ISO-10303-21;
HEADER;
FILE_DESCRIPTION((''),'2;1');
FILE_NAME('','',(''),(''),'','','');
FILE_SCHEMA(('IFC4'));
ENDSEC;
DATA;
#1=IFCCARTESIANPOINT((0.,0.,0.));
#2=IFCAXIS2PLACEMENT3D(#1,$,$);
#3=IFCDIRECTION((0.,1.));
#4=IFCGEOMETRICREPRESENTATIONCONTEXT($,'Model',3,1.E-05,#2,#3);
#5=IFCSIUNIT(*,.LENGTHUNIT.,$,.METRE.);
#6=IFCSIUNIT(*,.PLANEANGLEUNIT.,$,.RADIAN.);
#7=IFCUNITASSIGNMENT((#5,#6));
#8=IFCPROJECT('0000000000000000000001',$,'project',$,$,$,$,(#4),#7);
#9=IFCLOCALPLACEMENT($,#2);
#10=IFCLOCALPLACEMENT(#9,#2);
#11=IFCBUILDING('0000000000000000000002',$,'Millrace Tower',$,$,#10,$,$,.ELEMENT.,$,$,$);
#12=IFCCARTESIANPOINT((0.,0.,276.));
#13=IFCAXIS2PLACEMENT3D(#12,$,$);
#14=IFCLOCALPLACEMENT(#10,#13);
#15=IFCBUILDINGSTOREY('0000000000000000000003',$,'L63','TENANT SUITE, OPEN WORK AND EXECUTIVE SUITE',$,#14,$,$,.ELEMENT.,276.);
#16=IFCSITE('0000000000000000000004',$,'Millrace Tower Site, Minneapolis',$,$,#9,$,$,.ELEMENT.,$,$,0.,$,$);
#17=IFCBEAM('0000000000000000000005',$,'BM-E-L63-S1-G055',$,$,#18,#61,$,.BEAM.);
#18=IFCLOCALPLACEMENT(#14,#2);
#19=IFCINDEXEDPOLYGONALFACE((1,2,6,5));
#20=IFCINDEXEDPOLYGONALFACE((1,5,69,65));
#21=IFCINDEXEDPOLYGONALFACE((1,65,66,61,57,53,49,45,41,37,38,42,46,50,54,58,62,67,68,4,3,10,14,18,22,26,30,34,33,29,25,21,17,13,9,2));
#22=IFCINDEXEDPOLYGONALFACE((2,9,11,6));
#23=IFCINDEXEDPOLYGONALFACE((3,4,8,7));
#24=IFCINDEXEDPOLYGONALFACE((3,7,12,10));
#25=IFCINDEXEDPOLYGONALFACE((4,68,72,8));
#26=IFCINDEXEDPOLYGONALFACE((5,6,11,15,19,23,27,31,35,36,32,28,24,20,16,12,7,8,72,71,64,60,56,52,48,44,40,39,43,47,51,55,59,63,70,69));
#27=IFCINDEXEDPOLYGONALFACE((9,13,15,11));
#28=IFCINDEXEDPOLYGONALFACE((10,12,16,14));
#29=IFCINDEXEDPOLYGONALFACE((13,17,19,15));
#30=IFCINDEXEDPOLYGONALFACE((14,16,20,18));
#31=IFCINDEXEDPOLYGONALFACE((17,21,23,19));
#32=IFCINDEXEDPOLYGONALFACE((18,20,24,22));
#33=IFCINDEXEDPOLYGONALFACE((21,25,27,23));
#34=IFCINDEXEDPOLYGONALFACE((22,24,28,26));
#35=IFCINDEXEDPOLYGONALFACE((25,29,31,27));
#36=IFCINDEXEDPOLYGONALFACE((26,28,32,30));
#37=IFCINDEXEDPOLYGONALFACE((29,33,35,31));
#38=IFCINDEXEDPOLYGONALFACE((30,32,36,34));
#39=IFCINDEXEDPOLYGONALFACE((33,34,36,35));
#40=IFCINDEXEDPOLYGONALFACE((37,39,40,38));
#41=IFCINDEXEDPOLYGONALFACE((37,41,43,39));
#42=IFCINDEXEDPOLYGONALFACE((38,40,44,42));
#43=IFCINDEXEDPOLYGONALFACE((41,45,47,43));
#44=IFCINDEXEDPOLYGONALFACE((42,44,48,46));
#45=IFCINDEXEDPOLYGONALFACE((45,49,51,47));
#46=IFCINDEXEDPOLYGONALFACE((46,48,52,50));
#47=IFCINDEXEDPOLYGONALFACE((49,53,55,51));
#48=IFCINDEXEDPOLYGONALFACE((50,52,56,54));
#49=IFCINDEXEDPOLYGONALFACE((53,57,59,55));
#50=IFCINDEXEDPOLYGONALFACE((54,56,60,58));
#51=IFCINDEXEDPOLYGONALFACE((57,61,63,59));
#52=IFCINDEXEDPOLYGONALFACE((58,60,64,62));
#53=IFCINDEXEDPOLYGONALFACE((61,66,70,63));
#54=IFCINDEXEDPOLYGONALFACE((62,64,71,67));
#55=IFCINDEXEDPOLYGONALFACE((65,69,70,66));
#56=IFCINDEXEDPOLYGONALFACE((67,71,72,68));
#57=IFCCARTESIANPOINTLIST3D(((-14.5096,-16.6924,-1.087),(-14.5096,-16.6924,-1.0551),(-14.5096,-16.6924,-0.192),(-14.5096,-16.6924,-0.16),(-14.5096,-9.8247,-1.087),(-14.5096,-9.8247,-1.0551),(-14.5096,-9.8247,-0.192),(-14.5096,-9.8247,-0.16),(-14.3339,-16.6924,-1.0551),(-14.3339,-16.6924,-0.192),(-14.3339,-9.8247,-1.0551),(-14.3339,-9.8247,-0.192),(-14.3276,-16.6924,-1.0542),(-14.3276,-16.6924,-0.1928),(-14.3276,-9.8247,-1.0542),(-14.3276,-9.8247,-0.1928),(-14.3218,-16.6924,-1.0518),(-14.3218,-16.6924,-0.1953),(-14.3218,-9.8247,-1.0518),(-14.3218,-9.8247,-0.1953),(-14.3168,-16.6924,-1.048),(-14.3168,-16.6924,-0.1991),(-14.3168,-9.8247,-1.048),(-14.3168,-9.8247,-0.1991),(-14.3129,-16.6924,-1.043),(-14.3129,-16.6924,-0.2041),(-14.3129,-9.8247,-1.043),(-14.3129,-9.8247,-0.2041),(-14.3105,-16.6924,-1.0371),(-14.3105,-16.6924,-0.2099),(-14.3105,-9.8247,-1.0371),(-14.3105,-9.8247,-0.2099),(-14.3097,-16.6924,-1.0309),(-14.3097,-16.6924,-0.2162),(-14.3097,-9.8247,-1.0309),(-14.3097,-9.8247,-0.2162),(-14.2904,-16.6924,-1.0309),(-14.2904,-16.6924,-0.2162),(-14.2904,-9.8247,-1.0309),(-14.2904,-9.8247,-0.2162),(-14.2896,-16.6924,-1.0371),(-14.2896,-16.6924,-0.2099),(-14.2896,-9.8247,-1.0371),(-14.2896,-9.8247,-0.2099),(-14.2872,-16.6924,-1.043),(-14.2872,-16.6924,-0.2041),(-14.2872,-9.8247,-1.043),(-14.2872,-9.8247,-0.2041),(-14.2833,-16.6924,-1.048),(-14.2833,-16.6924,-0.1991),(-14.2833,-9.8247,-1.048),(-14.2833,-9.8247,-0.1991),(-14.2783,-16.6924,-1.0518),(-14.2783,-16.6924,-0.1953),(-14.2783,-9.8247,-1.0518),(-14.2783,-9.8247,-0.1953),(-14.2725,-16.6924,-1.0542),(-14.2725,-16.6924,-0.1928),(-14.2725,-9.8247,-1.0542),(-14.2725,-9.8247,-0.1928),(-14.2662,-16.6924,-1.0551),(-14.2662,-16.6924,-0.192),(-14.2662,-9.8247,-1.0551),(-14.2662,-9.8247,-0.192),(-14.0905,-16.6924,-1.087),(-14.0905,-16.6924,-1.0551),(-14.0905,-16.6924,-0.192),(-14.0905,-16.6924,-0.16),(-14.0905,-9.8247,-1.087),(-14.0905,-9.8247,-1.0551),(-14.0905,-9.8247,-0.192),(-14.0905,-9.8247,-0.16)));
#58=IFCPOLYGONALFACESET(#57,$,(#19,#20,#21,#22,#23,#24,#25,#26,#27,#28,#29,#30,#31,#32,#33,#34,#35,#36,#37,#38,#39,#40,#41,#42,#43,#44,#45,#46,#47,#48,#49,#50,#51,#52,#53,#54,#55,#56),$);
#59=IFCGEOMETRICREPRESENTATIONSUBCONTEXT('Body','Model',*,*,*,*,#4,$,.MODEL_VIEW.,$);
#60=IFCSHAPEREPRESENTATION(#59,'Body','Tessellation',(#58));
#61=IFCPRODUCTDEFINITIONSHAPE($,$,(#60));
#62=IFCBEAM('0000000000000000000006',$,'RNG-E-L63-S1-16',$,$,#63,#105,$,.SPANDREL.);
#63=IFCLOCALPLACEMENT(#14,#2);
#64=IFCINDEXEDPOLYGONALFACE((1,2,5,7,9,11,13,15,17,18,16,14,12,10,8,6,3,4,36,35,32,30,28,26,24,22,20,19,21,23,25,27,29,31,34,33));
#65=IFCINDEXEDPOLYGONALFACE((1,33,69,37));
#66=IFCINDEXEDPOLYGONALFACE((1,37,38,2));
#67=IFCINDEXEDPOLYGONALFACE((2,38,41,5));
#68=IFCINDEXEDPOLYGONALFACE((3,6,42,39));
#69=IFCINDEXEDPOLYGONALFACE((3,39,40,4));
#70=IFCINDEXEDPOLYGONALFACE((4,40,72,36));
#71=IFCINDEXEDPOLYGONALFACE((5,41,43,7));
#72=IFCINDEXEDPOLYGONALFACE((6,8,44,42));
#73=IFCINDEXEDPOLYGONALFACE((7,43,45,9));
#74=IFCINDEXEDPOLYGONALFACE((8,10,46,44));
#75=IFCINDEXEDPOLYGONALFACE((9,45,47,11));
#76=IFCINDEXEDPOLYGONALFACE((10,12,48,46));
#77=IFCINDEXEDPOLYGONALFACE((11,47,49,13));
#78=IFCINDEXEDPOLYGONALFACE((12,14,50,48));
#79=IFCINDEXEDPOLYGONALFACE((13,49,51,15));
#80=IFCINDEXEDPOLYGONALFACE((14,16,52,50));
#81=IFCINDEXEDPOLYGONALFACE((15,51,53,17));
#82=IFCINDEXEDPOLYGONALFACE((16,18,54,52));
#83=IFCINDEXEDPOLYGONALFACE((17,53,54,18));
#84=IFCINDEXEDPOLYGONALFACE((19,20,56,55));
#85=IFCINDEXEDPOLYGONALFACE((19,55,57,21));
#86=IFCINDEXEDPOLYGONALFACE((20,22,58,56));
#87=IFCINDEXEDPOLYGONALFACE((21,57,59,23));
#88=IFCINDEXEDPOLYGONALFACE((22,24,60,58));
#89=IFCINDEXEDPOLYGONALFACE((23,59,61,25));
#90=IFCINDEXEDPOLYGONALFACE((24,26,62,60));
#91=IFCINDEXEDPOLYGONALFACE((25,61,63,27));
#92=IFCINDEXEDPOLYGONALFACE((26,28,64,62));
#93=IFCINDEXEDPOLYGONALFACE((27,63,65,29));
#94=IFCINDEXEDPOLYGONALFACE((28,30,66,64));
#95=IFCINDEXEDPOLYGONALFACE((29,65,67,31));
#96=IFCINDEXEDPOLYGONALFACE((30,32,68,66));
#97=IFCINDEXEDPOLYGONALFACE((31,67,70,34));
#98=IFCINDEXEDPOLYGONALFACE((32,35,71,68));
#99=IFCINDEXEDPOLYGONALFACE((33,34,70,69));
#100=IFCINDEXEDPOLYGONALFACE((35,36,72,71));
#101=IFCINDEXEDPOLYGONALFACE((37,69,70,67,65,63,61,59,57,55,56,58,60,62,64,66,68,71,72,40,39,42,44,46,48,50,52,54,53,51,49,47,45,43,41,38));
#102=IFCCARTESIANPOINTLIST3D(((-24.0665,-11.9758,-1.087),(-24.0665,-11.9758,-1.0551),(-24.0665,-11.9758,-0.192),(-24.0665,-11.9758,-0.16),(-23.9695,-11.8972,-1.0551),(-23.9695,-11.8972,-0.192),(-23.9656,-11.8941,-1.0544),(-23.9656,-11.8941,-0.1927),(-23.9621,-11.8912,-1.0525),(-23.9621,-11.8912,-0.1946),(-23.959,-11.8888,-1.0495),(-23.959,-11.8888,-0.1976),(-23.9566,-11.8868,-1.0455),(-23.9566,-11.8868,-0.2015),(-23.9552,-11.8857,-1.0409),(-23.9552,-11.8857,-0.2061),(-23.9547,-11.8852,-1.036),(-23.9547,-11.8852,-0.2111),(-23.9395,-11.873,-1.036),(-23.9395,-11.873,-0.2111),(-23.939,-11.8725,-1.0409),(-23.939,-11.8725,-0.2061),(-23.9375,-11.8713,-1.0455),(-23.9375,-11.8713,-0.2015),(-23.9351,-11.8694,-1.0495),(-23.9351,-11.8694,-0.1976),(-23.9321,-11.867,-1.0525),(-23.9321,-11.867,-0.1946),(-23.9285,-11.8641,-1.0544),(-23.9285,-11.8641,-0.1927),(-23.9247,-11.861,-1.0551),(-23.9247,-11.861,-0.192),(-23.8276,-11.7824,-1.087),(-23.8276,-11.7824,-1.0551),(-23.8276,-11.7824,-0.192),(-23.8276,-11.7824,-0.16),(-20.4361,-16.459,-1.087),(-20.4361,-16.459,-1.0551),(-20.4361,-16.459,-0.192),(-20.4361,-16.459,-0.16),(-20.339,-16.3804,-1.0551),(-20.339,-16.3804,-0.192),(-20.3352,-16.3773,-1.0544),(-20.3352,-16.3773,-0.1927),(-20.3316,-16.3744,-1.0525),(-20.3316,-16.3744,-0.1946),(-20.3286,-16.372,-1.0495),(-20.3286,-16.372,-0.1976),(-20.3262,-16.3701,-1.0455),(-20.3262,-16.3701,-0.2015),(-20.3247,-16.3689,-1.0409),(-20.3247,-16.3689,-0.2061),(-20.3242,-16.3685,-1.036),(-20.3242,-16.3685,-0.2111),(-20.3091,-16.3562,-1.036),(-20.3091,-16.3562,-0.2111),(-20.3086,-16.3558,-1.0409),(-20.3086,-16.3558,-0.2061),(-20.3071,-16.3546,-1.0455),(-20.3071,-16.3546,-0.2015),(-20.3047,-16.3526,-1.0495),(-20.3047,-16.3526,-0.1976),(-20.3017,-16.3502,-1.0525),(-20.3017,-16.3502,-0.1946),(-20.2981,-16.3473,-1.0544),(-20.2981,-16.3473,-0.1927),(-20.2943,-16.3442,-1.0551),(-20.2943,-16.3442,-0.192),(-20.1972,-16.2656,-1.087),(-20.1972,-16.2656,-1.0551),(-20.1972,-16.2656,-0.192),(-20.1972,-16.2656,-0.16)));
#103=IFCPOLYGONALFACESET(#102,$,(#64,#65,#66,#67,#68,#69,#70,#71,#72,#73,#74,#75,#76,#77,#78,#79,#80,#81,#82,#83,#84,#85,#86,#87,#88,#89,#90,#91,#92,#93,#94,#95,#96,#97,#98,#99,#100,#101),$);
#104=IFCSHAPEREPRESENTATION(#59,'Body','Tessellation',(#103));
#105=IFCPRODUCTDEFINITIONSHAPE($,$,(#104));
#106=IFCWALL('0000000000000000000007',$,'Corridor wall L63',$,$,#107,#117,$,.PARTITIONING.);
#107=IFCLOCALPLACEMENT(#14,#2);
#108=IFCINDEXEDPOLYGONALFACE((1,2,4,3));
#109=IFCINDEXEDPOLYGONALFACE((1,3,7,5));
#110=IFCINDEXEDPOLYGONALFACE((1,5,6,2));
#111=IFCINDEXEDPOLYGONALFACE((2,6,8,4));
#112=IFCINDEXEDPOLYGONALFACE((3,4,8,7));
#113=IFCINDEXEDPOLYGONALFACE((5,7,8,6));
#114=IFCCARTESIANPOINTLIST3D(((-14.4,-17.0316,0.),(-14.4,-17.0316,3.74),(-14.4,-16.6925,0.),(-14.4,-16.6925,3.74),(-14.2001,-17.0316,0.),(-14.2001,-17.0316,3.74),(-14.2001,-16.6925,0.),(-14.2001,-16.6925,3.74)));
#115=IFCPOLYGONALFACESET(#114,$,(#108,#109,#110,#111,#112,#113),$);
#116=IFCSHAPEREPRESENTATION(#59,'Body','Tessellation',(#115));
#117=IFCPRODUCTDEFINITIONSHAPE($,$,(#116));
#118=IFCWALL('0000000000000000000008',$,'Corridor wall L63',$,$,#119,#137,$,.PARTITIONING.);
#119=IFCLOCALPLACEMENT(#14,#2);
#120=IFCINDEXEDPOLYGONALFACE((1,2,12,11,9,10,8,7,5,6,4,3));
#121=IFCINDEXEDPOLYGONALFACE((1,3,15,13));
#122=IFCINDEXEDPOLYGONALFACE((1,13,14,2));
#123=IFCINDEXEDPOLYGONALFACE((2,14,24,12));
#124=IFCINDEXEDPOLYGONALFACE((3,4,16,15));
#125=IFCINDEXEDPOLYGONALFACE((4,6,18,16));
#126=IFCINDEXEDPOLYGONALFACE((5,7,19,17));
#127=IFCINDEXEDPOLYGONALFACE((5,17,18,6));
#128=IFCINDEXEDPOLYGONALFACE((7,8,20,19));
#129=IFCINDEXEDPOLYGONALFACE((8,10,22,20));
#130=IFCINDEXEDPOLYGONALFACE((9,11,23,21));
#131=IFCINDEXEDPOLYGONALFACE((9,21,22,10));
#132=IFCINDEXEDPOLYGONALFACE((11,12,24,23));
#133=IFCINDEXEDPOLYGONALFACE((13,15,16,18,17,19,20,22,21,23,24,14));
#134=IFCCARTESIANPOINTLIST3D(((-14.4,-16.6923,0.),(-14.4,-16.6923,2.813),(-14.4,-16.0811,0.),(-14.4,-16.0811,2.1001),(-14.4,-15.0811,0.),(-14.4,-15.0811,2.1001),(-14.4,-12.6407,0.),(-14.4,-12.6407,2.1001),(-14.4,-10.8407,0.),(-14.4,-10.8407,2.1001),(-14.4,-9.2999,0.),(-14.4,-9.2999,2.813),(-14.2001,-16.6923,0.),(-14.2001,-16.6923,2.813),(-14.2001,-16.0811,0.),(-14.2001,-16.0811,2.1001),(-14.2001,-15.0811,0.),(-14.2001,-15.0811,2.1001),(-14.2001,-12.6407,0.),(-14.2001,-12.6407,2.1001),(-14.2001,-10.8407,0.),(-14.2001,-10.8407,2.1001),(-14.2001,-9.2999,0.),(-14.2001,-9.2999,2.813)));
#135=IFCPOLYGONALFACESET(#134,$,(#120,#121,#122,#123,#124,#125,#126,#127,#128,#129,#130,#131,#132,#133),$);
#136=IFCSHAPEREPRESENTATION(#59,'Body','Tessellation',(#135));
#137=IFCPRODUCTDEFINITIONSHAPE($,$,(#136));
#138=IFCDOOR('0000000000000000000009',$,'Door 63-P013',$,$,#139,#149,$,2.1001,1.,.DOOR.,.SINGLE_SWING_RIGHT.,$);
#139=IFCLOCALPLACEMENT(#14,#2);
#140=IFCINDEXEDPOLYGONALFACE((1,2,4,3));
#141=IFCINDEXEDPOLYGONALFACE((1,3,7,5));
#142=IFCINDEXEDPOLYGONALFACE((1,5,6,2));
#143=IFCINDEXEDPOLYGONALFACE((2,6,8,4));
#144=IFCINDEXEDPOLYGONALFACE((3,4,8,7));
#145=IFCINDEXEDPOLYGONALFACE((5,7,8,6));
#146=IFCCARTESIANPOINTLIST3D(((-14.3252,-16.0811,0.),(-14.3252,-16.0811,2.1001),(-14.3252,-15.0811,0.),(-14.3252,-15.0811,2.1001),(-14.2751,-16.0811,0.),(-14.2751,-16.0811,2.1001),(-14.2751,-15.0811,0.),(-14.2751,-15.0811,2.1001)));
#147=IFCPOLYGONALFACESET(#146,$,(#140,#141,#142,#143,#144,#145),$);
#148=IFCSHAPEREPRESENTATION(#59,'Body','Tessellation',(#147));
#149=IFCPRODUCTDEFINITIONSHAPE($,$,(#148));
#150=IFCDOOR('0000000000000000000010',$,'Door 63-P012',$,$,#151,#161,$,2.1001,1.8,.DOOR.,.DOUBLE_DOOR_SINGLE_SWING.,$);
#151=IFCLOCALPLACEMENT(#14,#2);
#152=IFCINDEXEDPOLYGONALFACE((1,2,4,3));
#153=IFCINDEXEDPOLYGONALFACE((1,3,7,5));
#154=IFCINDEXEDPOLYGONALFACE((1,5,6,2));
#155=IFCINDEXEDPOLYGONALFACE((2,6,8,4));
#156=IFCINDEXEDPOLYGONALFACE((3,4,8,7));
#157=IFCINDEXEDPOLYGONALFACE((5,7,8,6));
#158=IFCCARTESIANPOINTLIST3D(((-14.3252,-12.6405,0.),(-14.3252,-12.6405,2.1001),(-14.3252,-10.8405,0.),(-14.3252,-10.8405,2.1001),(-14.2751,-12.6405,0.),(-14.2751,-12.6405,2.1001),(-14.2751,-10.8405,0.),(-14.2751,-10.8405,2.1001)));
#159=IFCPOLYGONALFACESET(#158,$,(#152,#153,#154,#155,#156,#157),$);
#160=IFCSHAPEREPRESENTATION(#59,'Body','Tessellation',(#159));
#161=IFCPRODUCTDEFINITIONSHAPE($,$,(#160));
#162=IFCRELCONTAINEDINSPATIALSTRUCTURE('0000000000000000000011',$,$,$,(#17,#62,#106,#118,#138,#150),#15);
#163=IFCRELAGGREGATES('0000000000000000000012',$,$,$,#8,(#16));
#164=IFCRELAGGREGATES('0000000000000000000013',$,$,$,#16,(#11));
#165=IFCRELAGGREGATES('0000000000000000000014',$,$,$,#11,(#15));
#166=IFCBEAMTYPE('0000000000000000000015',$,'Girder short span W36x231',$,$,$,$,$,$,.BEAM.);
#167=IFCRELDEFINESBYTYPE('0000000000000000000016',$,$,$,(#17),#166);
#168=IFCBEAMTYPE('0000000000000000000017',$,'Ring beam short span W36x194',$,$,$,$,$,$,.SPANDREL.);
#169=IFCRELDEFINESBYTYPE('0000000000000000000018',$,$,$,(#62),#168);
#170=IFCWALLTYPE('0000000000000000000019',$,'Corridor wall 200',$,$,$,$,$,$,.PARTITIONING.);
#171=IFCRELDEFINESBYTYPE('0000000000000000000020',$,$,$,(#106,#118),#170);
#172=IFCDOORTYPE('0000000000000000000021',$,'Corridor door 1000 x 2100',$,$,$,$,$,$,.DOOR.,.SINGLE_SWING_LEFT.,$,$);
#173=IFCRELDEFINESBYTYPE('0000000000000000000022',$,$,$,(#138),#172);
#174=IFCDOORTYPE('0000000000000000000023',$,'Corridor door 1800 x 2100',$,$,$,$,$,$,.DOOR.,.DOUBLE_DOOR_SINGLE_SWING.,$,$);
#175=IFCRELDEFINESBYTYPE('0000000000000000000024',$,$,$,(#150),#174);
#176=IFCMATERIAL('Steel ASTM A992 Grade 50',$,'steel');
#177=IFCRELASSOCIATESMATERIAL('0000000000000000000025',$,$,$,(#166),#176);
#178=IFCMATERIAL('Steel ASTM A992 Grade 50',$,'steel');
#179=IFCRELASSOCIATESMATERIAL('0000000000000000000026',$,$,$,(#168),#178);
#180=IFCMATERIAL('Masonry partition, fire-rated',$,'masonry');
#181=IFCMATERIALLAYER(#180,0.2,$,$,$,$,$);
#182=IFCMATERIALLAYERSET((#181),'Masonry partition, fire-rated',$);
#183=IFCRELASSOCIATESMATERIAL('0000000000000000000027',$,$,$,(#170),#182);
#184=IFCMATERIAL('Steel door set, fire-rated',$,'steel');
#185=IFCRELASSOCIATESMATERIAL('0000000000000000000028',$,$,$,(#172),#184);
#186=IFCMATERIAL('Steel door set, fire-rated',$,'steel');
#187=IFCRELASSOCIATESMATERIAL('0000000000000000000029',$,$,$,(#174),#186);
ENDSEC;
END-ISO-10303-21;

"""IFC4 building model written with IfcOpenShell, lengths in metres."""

from ifc_helpers import new_model, si_unit, direction, frame, frame_2d, origin, origin_2d, place, context, subcontext, project, spatial, rectangle, i_section, extrude, material, layer, layer_set, material_profile, profile_set, type_object, element, fill, save


model = new_model("IFC4")

# Units and contexts
model_context = context("Model", 3, precision=1e-05, world=origin(), true_north=direction((0.0, 1.0)))
body_context = subcontext(model_context, "Body", "Model", "MODEL_VIEW")
ifc_project = project(units=[si_unit("LENGTHUNIT", "METRE"), si_unit("PLANEANGLEUNIT", "RADIAN")], contexts=[model_context])

# Site, building, storey
site_placement = place(None, origin())
site = spatial("IfcSite", under=ifc_project, at=site_placement, Name="Millrace Tower Site, Minneapolis", CompositionType="ELEMENT", RefElevation=0.0)
building_placement = place(site_placement, origin())
building = spatial("IfcBuilding", under=site, at=building_placement, Name="Millrace Tower", CompositionType="ELEMENT")
storey_placement = place(building_placement, frame((0.0, 0.0, 276.0)))
storey = spatial("IfcBuildingStorey", under=building, at=storey_placement, Name="L63", Description="TENANT SUITE, OPEN WORK AND EXECUTIVE SUITE", CompositionType="ELEMENT", Elevation=276.0)

# Beams
ifc_material_1 = material(Name="Steel ASTM A992 Grade 50", Category="steel")
ifc_material_profile_1 = material_profile(ifc_material_1, i_section(OverallWidth=0.4192, OverallDepth=0.927, WebThickness=0.0193, FlangeThickness=0.032, FilletRadius=0.0242, at=origin_2d()))
ifc_profile_set_1 = profile_set([ifc_material_profile_1], Name="Steel ASTM A992 Grade 50")
beam_type_1 = type_object("IfcBeamType", Name="Girder short span W36x231", PredefinedType="BEAM", material=ifc_profile_set_1)
beam_1_placement = place(storey_placement, frame((-14.3, -16.6924, -0.6235), z_axis=(0.0, 1.0, 0.0), x_axis=(-1.0, 0.0, 0.0)))
element("IfcBeam", 1, at=beam_1_placement, inside=storey, type_object=beam_type_1, Name="BM-E-L63-S1-G055", PredefinedType="BEAM", context=body_context, shape_type="SweptSolid", body=[
    extrude(i_section(OverallWidth=0.4192, OverallDepth=0.927, WebThickness=0.0193, FlangeThickness=0.032, FilletRadius=0.0242, at=origin_2d()), origin(), (0.0, 0.0, 1.0), 6.8677),
])
ifc_material_2 = material(Name="Steel ASTM A992 Grade 50", Category="steel")
ifc_material_profile_2 = material_profile(ifc_material_2, i_section(OverallWidth=0.3074, OverallDepth=0.927, WebThickness=0.0195, FlangeThickness=0.032, FilletRadius=0.019, at=origin_2d()))
ifc_profile_set_2 = profile_set([ifc_material_profile_2], Name="Steel ASTM A992 Grade 50")
beam_type_2 = type_object("IfcBeamType", Name="Ring beam short span W36x194", PredefinedType="SPANDREL", material=ifc_profile_set_2)
beam_2_placement = place(storey_placement, frame((-20.3167, -16.3623, -0.6235), z_axis=(-0.629319, 0.777147, 0.0), x_axis=(-0.777147, -0.629319, 0.0)))
element("IfcBeam", 2, at=beam_2_placement, inside=storey, type_object=beam_type_2, Name="RNG-E-L63-S1-16", PredefinedType="SPANDREL", context=body_context, shape_type="SweptSolid", body=[
    extrude(i_section(OverallWidth=0.3074, OverallDepth=0.927, WebThickness=0.0195, FlangeThickness=0.032, FilletRadius=0.019, at=origin_2d()), origin(), (0.0, 0.0, 1.0), 5.7688),
])

# Wall
ifc_material_3 = material(Name="Masonry partition, fire-rated", Category="masonry")
ifc_layer_1 = layer(ifc_material_3, 0.2)
ifc_layer_set_1 = layer_set([ifc_layer_1], Name="Masonry partition, fire-rated")
wall_type_1 = type_object("IfcWallType", Name="Corridor wall 200", PredefinedType="PARTITIONING", material=ifc_layer_set_1)
wall_1_placement = place(storey_placement, frame((-14.3, -17.0315, 0.0), z_axis=(0.0, 0.0, 1.0), x_axis=(0.0, 1.0, 0.0)))
element("IfcWall", 3, at=wall_1_placement, inside=storey, type_object=wall_type_1, Name="Corridor wall L63", PredefinedType="PARTITIONING", context=body_context, shape_type="SweptSolid", body=[
    extrude(rectangle(XDim=0.3391, YDim=0.2, at=frame_2d((0.1694, 0.0))), origin(), (0.0, 0.0, 1.0), 3.74),
])

# Wall, openings, doors
wall_2_placement = place(storey_placement, frame((-14.3, -16.6924, 0.0), z_axis=(0.0, 0.0, 1.0), x_axis=(0.0, 1.0, 0.0)))
wall_2 = element("IfcWall", 4, at=wall_2_placement, inside=storey, type_object=wall_type_1, Name="Corridor wall L63", PredefinedType="PARTITIONING", context=body_context, shape_type="SweptSolid", body=[
    extrude(rectangle(XDim=7.3923, YDim=0.2, at=frame_2d((3.6963, 0.0))), origin(), (0.0, 0.0, 1.0), 2.813),
])
opening_1_placement = place(wall_2_placement, frame((4.0518, 0.0, 0.0)))
opening_1 = element("IfcOpeningElement", 5, at=opening_1_placement, cuts=wall_2, PredefinedType="OPENING", context=body_context, shape_type="SweptSolid", body=[
    extrude(rectangle(XDim=1.8, YDim=2.1001, at=frame_2d((0.8999, 1.05))), frame((0.0, 0.1099, 0.0), z_axis=(0.0, -1.0, 0.0), x_axis=(1.0, 0.0, 0.0)), (0.0, 0.0, 1.0), 0.22),
])
opening_2_placement = place(wall_2_placement, frame((0.6113, 0.0, 0.0)))
opening_2 = element("IfcOpeningElement", 6, at=opening_2_placement, cuts=wall_2, PredefinedType="OPENING", context=body_context, shape_type="SweptSolid", body=[
    extrude(rectangle(XDim=1.0, YDim=2.1001, at=frame_2d((0.5, 1.05))), frame((0.0, 0.1099, 0.0), z_axis=(0.0, -1.0, 0.0), x_axis=(1.0, 0.0, 0.0)), (0.0, 0.0, 1.0), 0.22),
])
ifc_material_4 = material(Name="Steel door set, fire-rated", Category="steel")
door_type_1 = type_object("IfcDoorType", Name="Corridor door 1000 x 2100", OperationType="SINGLE_SWING_LEFT", PredefinedType="DOOR", material=ifc_material_4)
door_1_placement = place(opening_2_placement, frame((1.0, 0.0, 0.0), z_axis=(0.0, 0.0, 1.0), x_axis=(-1.0, 0.0, 0.0)))
door_1 = element("IfcDoor", 7, at=door_1_placement, inside=storey, type_object=door_type_1, Name="Door 63-P013", OperationType="SINGLE_SWING_RIGHT", OverallHeight=2.1001, OverallWidth=1.0, PredefinedType="DOOR", context=body_context, shape_type="SweptSolid", body=[
    extrude(rectangle(XDim=1.0, YDim=2.1001, at=frame_2d((0.5, 1.05))), frame((0.0, 0.0249, 0.0), z_axis=(0.0, -1.0, 0.0), x_axis=(1.0, 0.0, 0.0)), (0.0, 0.0, 1.0), 0.05),
])
fill(opening_2, door_1)
ifc_material_5 = material(Name="Steel door set, fire-rated", Category="steel")
door_type_2 = type_object("IfcDoorType", Name="Corridor door 1800 x 2100", OperationType="DOUBLE_DOOR_SINGLE_SWING", PredefinedType="DOOR", material=ifc_material_5)
door_2_placement = place(opening_1_placement, frame((1.8, 0.0, 0.0), z_axis=(0.0, 0.0, 1.0), x_axis=(-1.0, 0.0, 0.0)))
door_2 = element("IfcDoor", 8, at=door_2_placement, inside=storey, type_object=door_type_2, Name="Door 63-P012", OperationType="DOUBLE_DOOR_SINGLE_SWING", OverallHeight=2.1001, OverallWidth=1.8, PredefinedType="DOOR", context=body_context, shape_type="SweptSolid", body=[
    extrude(rectangle(XDim=1.8, YDim=2.1001, at=frame_2d((0.8999, 1.05))), frame((0.0, 0.0249, 0.0), z_axis=(0.0, -1.0, 0.0), x_axis=(1.0, 0.0, 0.0)), (0.0, 0.0, 1.0), 0.05),
])
fill(opening_1, door_2)

save(model, "model.ifc")
